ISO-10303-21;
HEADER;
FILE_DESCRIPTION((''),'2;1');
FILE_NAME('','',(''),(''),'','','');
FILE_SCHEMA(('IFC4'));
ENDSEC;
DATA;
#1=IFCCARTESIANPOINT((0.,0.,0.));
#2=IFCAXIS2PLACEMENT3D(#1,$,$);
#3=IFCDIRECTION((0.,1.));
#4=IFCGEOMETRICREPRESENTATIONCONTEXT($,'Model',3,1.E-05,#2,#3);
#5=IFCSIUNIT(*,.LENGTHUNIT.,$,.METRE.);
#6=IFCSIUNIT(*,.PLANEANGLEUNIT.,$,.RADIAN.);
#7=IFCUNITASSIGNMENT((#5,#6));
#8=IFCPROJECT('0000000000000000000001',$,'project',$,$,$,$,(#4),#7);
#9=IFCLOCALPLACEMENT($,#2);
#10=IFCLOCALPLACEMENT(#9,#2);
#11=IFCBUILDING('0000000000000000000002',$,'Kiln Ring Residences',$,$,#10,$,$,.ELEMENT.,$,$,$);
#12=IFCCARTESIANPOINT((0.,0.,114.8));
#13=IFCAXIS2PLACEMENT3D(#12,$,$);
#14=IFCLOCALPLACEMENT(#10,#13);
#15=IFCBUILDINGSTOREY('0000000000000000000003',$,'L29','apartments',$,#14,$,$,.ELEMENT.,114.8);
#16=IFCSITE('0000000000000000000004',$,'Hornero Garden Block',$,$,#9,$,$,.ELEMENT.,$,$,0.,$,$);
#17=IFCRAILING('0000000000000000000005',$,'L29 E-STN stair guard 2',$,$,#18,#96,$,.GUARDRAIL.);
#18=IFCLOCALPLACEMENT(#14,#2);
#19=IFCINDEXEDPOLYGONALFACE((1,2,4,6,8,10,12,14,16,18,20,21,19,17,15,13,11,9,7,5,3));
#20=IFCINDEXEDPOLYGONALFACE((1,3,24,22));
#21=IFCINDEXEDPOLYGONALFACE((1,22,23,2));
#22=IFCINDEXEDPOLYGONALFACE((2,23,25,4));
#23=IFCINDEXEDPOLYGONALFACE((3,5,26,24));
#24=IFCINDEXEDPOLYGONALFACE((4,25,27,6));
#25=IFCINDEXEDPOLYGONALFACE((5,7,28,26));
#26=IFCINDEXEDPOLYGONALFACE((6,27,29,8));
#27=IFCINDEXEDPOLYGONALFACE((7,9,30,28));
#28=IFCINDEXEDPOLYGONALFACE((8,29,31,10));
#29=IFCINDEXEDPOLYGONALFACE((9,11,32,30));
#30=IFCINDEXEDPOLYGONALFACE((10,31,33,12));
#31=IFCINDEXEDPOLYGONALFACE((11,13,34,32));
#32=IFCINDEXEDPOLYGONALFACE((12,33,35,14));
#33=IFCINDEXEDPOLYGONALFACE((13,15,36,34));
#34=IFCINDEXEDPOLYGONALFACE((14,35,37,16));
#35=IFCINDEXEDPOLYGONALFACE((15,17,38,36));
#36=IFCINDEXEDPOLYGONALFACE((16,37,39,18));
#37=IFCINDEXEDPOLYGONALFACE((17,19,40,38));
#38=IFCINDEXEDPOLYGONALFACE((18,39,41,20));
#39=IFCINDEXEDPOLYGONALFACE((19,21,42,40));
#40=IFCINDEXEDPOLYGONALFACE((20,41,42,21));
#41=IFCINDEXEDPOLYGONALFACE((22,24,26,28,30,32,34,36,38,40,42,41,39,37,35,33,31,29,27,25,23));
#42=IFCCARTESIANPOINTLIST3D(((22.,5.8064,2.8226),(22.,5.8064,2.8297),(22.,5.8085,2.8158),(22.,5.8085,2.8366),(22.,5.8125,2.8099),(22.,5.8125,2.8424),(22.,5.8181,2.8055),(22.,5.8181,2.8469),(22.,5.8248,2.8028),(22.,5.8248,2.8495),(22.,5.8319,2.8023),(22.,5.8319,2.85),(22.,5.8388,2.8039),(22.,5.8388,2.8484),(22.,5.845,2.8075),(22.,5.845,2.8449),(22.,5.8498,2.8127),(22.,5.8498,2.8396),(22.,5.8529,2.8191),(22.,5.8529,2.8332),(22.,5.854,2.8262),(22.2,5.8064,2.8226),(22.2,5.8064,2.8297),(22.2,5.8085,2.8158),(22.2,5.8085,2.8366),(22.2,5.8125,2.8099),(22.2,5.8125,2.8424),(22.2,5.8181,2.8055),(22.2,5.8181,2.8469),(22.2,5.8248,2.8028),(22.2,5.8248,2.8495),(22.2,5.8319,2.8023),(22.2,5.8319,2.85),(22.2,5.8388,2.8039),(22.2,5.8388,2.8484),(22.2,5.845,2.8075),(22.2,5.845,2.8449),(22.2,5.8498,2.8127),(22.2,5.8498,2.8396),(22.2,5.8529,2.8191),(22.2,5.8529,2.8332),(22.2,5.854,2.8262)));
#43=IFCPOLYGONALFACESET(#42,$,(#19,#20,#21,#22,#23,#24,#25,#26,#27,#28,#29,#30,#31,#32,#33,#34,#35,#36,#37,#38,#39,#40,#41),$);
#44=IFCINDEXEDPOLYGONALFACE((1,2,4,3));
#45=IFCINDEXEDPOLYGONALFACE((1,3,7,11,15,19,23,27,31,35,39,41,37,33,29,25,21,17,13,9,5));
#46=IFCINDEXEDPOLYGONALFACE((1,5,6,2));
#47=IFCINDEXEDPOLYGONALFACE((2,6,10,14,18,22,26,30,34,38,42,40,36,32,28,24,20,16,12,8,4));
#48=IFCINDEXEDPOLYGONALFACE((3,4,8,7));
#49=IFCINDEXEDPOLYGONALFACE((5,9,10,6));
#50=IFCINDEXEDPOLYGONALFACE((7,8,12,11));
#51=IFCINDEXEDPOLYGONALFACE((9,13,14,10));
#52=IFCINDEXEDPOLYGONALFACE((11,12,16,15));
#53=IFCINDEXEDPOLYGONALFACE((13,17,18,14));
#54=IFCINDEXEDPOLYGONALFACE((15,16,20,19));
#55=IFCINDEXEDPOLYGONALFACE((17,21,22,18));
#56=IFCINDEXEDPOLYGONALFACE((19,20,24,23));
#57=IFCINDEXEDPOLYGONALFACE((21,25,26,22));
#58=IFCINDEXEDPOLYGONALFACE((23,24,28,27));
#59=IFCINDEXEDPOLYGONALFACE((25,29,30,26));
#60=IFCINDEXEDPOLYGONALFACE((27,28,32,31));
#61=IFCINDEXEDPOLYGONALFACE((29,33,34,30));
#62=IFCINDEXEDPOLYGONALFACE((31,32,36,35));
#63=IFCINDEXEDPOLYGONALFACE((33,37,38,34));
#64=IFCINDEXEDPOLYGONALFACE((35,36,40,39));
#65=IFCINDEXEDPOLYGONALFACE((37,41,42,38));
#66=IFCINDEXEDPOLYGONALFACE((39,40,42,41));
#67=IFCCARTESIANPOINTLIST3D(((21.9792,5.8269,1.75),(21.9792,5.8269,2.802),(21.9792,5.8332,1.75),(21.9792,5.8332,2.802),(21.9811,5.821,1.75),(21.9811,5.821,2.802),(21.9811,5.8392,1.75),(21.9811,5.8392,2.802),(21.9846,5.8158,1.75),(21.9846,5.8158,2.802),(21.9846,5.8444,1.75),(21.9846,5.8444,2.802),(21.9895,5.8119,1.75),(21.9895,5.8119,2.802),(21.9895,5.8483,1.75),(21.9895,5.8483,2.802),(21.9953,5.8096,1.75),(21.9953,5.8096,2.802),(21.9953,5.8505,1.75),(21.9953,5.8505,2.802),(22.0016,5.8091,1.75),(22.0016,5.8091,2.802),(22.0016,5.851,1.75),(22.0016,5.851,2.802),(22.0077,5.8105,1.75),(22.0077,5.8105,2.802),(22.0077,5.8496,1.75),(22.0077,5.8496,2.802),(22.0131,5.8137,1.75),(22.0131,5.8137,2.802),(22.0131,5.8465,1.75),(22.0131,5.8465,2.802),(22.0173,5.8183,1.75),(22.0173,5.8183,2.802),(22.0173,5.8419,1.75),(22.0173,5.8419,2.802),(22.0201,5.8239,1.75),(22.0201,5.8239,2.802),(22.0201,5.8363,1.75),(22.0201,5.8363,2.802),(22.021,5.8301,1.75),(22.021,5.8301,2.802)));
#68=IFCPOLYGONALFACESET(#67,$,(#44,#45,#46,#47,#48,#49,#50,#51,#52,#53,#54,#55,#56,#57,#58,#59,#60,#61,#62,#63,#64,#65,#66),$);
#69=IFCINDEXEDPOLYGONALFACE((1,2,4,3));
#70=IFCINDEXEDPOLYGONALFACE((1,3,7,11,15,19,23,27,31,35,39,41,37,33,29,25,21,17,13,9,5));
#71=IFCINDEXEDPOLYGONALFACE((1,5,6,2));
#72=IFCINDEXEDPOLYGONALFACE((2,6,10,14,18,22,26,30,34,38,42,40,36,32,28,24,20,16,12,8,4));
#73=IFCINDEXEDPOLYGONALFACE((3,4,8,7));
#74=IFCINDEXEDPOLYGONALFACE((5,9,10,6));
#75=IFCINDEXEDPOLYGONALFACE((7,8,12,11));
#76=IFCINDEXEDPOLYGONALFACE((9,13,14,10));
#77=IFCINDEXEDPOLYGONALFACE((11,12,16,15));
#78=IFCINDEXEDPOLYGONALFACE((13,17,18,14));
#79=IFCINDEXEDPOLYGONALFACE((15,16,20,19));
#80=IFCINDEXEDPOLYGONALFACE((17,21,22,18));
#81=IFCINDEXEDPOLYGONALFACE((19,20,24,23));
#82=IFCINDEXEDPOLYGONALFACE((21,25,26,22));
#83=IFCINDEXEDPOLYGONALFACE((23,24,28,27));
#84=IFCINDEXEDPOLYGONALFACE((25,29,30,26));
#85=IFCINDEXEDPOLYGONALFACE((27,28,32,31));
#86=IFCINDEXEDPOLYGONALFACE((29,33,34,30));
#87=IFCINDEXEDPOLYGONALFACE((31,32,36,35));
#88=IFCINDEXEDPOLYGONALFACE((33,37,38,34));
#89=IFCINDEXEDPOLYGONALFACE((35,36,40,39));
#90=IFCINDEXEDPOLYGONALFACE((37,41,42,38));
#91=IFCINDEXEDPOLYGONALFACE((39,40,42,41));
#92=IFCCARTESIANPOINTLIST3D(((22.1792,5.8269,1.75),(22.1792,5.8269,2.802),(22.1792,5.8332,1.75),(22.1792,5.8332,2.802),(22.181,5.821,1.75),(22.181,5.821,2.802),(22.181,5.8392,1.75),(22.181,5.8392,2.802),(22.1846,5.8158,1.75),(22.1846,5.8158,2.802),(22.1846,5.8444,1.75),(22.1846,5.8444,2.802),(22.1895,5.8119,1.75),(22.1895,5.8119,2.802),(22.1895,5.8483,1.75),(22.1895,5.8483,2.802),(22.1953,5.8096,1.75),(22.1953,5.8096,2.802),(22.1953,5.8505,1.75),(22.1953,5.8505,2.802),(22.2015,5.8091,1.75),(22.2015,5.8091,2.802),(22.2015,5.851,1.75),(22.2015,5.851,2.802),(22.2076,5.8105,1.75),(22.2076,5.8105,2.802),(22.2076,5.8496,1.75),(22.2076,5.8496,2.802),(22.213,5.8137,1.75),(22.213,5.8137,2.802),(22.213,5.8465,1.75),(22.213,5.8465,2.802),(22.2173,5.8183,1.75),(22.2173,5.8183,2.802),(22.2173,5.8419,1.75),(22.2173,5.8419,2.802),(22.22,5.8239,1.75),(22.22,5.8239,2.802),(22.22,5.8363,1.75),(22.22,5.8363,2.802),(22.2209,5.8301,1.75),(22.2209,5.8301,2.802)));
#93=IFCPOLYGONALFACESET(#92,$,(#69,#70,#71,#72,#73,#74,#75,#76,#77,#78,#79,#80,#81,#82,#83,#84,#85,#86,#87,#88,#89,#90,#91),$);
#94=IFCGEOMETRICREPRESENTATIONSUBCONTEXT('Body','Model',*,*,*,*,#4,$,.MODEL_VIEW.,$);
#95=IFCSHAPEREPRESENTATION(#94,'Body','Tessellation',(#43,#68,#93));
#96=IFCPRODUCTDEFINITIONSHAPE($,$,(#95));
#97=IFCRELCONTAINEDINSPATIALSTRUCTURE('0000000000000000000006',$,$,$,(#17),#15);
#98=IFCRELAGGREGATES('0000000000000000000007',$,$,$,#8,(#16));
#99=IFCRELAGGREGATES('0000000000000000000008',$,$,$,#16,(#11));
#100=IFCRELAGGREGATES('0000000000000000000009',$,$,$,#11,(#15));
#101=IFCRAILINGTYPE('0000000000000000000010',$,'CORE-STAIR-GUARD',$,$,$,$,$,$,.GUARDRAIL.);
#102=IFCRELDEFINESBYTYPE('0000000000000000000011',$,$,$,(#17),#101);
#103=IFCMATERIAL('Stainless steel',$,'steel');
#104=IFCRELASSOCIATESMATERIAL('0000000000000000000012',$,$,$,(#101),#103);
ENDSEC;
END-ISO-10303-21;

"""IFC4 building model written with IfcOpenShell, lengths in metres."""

from ifc_helpers import new_model, si_unit, direction, frame, origin, origin_2d, place, context, subcontext, project, spatial, circle, extrude, material, type_object, element, save


model = new_model("IFC4")

# Units and contexts
model_context = context("Model", 3, precision=1e-05, world=origin(), true_north=direction((0.0, 1.0)))
body_context = subcontext(model_context, "Body", "Model", "MODEL_VIEW")
ifc_project = project(units=[si_unit("LENGTHUNIT", "METRE"), si_unit("PLANEANGLEUNIT", "RADIAN")], contexts=[model_context])

# Site, building, storey
site_placement = place(None, origin())
site = spatial("IfcSite", under=ifc_project, at=site_placement, Name="Hornero Garden Block", CompositionType="ELEMENT", RefElevation=0.0)
building_placement = place(site_placement, origin())
building = spatial("IfcBuilding", under=site, at=building_placement, Name="Kiln Ring Residences", CompositionType="ELEMENT")
storey_placement = place(building_placement, frame((0.0, 0.0, 114.8)))
storey = spatial("IfcBuildingStorey", under=building, at=storey_placement, Name="L29", Description="apartments", CompositionType="ELEMENT", Elevation=114.8)

# Railing
ifc_material_1 = material(Name="Stainless steel", Category="steel")
railing_type_1 = type_object("IfcRailingType", Name="CORE-STAIR-GUARD", PredefinedType="GUARDRAIL", material=ifc_material_1)
railing_1_placement = place(storey_placement, frame((22.0, 5.8301, 1.75)))
element("IfcRailing", 1, at=railing_1_placement, inside=storey, type_object=railing_type_1, Name="L29 E-STN stair guard 2", PredefinedType="GUARDRAIL", context=body_context, shape_type="SweptSolid", body=[
    extrude(circle(Radius=0.0239, at=origin_2d()), frame((0.0, 0.0, 1.0762), z_axis=(1.0, 0.0, 0.0), x_axis=(0.0, 1.0, 0.0)), (0.0, 0.0, 1.0), 0.2),
    extrude(circle(Radius=0.021, at=origin_2d()), origin(), (0.0, 0.0, 1.0), 1.052),
    extrude(circle(Radius=0.021, at=origin_2d()), frame((0.2, 0.0, 0.0)), (0.0, 0.0, 1.0), 1.052),
])

save(model, "model.ifc")
